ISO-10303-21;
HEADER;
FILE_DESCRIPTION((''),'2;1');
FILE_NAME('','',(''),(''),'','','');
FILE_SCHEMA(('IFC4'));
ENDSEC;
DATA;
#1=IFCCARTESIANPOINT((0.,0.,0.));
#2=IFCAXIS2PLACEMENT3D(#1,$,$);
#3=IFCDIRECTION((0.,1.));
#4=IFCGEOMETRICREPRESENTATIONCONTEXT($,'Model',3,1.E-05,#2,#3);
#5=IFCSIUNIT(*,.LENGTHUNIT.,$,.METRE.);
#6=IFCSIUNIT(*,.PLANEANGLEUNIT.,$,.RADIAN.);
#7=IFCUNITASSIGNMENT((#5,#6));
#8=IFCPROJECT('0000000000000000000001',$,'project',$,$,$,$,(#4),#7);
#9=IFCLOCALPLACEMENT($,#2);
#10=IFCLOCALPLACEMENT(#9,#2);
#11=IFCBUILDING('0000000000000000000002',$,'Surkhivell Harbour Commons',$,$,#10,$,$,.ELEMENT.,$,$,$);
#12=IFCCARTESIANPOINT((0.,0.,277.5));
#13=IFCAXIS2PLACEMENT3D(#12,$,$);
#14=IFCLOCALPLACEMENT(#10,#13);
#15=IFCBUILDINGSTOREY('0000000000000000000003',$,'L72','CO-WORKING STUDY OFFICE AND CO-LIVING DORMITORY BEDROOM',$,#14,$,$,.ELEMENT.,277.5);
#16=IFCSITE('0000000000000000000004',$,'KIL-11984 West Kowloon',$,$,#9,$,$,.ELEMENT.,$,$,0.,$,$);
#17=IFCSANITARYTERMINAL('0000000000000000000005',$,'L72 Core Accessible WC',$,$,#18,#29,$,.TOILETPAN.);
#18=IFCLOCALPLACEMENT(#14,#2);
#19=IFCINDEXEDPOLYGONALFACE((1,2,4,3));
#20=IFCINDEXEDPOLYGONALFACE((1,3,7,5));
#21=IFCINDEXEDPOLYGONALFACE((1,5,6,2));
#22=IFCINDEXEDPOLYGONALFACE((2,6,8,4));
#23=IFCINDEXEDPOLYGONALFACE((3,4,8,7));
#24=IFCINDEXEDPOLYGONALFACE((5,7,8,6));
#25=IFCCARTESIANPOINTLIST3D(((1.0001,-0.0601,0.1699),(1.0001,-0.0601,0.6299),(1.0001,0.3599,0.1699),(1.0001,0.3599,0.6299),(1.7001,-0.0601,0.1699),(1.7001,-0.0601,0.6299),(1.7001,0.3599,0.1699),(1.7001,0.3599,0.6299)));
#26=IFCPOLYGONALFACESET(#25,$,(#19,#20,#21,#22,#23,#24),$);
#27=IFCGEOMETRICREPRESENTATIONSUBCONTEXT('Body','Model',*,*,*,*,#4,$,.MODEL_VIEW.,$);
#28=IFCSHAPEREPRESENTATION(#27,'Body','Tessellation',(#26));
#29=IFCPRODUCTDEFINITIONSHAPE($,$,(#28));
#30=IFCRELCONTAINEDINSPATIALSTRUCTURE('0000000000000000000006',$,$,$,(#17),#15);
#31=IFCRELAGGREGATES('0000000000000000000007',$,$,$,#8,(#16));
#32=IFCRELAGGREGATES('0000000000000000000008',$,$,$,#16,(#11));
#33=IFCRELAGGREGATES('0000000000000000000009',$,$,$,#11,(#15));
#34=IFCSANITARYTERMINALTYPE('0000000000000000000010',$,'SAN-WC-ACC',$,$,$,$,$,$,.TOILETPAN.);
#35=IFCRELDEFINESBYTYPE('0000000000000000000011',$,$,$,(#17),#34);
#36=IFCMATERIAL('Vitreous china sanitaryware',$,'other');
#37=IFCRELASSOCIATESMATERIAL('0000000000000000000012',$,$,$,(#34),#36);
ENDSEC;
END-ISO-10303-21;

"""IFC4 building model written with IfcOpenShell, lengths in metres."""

from ifc_helpers import new_model, si_unit, direction, frame, origin, origin_2d, place, context, subcontext, project, spatial, rectangle, extrude, material, type_object, element, save


model = new_model("IFC4")

# Units and contexts
model_context = context("Model", 3, precision=1e-05, world=origin(), true_north=direction((0.0, 1.0)))
body_context = subcontext(model_context, "Body", "Model", "MODEL_VIEW")
ifc_project = project(units=[si_unit("LENGTHUNIT", "METRE"), si_unit("PLANEANGLEUNIT", "RADIAN")], contexts=[model_context])

# Site, building, storey
site_placement = place(None, origin())
site = spatial("IfcSite", under=ifc_project, at=site_placement, Name="KIL-11984 West Kowloon", CompositionType="ELEMENT", RefElevation=0.0)
building_placement = place(site_placement, origin())
building = spatial("IfcBuilding", under=site, at=building_placement, Name="Surkhivell Harbour Commons", CompositionType="ELEMENT")
storey_placement = place(building_placement, frame((0.0, 0.0, 277.5)))
storey = spatial("IfcBuildingStorey", under=building, at=storey_placement, Name="L72", Description="CO-WORKING STUDY OFFICE AND CO-LIVING DORMITORY BEDROOM", CompositionType="ELEMENT", Elevation=277.5)

# Sanitary terminal
ifc_material_1 = material(Name="Vitreous china sanitaryware", Category="other")
sanitary_terminal_type_1 = type_object("IfcSanitaryTerminalType", Name="SAN-WC-ACC", PredefinedType="TOILETPAN", material=ifc_material_1)
sanitary_terminal_1_placement = place(storey_placement, frame((1.3501, 0.1499, 0.1699), z_axis=(0.0, 0.0, 1.0), x_axis=(1.0, 0.0, 0.0)))
element("IfcSanitaryTerminal", 1, at=sanitary_terminal_1_placement, inside=storey, type_object=sanitary_terminal_type_1, Name="L72 Core Accessible WC", PredefinedType="TOILETPAN", context=body_context, shape_type="SweptSolid", body=[
    extrude(rectangle(XDim=0.7, YDim=0.4199, at=origin_2d()), origin(), (0.0, 0.0, 1.0), 0.46),
])

save(model, "model.ifc")
